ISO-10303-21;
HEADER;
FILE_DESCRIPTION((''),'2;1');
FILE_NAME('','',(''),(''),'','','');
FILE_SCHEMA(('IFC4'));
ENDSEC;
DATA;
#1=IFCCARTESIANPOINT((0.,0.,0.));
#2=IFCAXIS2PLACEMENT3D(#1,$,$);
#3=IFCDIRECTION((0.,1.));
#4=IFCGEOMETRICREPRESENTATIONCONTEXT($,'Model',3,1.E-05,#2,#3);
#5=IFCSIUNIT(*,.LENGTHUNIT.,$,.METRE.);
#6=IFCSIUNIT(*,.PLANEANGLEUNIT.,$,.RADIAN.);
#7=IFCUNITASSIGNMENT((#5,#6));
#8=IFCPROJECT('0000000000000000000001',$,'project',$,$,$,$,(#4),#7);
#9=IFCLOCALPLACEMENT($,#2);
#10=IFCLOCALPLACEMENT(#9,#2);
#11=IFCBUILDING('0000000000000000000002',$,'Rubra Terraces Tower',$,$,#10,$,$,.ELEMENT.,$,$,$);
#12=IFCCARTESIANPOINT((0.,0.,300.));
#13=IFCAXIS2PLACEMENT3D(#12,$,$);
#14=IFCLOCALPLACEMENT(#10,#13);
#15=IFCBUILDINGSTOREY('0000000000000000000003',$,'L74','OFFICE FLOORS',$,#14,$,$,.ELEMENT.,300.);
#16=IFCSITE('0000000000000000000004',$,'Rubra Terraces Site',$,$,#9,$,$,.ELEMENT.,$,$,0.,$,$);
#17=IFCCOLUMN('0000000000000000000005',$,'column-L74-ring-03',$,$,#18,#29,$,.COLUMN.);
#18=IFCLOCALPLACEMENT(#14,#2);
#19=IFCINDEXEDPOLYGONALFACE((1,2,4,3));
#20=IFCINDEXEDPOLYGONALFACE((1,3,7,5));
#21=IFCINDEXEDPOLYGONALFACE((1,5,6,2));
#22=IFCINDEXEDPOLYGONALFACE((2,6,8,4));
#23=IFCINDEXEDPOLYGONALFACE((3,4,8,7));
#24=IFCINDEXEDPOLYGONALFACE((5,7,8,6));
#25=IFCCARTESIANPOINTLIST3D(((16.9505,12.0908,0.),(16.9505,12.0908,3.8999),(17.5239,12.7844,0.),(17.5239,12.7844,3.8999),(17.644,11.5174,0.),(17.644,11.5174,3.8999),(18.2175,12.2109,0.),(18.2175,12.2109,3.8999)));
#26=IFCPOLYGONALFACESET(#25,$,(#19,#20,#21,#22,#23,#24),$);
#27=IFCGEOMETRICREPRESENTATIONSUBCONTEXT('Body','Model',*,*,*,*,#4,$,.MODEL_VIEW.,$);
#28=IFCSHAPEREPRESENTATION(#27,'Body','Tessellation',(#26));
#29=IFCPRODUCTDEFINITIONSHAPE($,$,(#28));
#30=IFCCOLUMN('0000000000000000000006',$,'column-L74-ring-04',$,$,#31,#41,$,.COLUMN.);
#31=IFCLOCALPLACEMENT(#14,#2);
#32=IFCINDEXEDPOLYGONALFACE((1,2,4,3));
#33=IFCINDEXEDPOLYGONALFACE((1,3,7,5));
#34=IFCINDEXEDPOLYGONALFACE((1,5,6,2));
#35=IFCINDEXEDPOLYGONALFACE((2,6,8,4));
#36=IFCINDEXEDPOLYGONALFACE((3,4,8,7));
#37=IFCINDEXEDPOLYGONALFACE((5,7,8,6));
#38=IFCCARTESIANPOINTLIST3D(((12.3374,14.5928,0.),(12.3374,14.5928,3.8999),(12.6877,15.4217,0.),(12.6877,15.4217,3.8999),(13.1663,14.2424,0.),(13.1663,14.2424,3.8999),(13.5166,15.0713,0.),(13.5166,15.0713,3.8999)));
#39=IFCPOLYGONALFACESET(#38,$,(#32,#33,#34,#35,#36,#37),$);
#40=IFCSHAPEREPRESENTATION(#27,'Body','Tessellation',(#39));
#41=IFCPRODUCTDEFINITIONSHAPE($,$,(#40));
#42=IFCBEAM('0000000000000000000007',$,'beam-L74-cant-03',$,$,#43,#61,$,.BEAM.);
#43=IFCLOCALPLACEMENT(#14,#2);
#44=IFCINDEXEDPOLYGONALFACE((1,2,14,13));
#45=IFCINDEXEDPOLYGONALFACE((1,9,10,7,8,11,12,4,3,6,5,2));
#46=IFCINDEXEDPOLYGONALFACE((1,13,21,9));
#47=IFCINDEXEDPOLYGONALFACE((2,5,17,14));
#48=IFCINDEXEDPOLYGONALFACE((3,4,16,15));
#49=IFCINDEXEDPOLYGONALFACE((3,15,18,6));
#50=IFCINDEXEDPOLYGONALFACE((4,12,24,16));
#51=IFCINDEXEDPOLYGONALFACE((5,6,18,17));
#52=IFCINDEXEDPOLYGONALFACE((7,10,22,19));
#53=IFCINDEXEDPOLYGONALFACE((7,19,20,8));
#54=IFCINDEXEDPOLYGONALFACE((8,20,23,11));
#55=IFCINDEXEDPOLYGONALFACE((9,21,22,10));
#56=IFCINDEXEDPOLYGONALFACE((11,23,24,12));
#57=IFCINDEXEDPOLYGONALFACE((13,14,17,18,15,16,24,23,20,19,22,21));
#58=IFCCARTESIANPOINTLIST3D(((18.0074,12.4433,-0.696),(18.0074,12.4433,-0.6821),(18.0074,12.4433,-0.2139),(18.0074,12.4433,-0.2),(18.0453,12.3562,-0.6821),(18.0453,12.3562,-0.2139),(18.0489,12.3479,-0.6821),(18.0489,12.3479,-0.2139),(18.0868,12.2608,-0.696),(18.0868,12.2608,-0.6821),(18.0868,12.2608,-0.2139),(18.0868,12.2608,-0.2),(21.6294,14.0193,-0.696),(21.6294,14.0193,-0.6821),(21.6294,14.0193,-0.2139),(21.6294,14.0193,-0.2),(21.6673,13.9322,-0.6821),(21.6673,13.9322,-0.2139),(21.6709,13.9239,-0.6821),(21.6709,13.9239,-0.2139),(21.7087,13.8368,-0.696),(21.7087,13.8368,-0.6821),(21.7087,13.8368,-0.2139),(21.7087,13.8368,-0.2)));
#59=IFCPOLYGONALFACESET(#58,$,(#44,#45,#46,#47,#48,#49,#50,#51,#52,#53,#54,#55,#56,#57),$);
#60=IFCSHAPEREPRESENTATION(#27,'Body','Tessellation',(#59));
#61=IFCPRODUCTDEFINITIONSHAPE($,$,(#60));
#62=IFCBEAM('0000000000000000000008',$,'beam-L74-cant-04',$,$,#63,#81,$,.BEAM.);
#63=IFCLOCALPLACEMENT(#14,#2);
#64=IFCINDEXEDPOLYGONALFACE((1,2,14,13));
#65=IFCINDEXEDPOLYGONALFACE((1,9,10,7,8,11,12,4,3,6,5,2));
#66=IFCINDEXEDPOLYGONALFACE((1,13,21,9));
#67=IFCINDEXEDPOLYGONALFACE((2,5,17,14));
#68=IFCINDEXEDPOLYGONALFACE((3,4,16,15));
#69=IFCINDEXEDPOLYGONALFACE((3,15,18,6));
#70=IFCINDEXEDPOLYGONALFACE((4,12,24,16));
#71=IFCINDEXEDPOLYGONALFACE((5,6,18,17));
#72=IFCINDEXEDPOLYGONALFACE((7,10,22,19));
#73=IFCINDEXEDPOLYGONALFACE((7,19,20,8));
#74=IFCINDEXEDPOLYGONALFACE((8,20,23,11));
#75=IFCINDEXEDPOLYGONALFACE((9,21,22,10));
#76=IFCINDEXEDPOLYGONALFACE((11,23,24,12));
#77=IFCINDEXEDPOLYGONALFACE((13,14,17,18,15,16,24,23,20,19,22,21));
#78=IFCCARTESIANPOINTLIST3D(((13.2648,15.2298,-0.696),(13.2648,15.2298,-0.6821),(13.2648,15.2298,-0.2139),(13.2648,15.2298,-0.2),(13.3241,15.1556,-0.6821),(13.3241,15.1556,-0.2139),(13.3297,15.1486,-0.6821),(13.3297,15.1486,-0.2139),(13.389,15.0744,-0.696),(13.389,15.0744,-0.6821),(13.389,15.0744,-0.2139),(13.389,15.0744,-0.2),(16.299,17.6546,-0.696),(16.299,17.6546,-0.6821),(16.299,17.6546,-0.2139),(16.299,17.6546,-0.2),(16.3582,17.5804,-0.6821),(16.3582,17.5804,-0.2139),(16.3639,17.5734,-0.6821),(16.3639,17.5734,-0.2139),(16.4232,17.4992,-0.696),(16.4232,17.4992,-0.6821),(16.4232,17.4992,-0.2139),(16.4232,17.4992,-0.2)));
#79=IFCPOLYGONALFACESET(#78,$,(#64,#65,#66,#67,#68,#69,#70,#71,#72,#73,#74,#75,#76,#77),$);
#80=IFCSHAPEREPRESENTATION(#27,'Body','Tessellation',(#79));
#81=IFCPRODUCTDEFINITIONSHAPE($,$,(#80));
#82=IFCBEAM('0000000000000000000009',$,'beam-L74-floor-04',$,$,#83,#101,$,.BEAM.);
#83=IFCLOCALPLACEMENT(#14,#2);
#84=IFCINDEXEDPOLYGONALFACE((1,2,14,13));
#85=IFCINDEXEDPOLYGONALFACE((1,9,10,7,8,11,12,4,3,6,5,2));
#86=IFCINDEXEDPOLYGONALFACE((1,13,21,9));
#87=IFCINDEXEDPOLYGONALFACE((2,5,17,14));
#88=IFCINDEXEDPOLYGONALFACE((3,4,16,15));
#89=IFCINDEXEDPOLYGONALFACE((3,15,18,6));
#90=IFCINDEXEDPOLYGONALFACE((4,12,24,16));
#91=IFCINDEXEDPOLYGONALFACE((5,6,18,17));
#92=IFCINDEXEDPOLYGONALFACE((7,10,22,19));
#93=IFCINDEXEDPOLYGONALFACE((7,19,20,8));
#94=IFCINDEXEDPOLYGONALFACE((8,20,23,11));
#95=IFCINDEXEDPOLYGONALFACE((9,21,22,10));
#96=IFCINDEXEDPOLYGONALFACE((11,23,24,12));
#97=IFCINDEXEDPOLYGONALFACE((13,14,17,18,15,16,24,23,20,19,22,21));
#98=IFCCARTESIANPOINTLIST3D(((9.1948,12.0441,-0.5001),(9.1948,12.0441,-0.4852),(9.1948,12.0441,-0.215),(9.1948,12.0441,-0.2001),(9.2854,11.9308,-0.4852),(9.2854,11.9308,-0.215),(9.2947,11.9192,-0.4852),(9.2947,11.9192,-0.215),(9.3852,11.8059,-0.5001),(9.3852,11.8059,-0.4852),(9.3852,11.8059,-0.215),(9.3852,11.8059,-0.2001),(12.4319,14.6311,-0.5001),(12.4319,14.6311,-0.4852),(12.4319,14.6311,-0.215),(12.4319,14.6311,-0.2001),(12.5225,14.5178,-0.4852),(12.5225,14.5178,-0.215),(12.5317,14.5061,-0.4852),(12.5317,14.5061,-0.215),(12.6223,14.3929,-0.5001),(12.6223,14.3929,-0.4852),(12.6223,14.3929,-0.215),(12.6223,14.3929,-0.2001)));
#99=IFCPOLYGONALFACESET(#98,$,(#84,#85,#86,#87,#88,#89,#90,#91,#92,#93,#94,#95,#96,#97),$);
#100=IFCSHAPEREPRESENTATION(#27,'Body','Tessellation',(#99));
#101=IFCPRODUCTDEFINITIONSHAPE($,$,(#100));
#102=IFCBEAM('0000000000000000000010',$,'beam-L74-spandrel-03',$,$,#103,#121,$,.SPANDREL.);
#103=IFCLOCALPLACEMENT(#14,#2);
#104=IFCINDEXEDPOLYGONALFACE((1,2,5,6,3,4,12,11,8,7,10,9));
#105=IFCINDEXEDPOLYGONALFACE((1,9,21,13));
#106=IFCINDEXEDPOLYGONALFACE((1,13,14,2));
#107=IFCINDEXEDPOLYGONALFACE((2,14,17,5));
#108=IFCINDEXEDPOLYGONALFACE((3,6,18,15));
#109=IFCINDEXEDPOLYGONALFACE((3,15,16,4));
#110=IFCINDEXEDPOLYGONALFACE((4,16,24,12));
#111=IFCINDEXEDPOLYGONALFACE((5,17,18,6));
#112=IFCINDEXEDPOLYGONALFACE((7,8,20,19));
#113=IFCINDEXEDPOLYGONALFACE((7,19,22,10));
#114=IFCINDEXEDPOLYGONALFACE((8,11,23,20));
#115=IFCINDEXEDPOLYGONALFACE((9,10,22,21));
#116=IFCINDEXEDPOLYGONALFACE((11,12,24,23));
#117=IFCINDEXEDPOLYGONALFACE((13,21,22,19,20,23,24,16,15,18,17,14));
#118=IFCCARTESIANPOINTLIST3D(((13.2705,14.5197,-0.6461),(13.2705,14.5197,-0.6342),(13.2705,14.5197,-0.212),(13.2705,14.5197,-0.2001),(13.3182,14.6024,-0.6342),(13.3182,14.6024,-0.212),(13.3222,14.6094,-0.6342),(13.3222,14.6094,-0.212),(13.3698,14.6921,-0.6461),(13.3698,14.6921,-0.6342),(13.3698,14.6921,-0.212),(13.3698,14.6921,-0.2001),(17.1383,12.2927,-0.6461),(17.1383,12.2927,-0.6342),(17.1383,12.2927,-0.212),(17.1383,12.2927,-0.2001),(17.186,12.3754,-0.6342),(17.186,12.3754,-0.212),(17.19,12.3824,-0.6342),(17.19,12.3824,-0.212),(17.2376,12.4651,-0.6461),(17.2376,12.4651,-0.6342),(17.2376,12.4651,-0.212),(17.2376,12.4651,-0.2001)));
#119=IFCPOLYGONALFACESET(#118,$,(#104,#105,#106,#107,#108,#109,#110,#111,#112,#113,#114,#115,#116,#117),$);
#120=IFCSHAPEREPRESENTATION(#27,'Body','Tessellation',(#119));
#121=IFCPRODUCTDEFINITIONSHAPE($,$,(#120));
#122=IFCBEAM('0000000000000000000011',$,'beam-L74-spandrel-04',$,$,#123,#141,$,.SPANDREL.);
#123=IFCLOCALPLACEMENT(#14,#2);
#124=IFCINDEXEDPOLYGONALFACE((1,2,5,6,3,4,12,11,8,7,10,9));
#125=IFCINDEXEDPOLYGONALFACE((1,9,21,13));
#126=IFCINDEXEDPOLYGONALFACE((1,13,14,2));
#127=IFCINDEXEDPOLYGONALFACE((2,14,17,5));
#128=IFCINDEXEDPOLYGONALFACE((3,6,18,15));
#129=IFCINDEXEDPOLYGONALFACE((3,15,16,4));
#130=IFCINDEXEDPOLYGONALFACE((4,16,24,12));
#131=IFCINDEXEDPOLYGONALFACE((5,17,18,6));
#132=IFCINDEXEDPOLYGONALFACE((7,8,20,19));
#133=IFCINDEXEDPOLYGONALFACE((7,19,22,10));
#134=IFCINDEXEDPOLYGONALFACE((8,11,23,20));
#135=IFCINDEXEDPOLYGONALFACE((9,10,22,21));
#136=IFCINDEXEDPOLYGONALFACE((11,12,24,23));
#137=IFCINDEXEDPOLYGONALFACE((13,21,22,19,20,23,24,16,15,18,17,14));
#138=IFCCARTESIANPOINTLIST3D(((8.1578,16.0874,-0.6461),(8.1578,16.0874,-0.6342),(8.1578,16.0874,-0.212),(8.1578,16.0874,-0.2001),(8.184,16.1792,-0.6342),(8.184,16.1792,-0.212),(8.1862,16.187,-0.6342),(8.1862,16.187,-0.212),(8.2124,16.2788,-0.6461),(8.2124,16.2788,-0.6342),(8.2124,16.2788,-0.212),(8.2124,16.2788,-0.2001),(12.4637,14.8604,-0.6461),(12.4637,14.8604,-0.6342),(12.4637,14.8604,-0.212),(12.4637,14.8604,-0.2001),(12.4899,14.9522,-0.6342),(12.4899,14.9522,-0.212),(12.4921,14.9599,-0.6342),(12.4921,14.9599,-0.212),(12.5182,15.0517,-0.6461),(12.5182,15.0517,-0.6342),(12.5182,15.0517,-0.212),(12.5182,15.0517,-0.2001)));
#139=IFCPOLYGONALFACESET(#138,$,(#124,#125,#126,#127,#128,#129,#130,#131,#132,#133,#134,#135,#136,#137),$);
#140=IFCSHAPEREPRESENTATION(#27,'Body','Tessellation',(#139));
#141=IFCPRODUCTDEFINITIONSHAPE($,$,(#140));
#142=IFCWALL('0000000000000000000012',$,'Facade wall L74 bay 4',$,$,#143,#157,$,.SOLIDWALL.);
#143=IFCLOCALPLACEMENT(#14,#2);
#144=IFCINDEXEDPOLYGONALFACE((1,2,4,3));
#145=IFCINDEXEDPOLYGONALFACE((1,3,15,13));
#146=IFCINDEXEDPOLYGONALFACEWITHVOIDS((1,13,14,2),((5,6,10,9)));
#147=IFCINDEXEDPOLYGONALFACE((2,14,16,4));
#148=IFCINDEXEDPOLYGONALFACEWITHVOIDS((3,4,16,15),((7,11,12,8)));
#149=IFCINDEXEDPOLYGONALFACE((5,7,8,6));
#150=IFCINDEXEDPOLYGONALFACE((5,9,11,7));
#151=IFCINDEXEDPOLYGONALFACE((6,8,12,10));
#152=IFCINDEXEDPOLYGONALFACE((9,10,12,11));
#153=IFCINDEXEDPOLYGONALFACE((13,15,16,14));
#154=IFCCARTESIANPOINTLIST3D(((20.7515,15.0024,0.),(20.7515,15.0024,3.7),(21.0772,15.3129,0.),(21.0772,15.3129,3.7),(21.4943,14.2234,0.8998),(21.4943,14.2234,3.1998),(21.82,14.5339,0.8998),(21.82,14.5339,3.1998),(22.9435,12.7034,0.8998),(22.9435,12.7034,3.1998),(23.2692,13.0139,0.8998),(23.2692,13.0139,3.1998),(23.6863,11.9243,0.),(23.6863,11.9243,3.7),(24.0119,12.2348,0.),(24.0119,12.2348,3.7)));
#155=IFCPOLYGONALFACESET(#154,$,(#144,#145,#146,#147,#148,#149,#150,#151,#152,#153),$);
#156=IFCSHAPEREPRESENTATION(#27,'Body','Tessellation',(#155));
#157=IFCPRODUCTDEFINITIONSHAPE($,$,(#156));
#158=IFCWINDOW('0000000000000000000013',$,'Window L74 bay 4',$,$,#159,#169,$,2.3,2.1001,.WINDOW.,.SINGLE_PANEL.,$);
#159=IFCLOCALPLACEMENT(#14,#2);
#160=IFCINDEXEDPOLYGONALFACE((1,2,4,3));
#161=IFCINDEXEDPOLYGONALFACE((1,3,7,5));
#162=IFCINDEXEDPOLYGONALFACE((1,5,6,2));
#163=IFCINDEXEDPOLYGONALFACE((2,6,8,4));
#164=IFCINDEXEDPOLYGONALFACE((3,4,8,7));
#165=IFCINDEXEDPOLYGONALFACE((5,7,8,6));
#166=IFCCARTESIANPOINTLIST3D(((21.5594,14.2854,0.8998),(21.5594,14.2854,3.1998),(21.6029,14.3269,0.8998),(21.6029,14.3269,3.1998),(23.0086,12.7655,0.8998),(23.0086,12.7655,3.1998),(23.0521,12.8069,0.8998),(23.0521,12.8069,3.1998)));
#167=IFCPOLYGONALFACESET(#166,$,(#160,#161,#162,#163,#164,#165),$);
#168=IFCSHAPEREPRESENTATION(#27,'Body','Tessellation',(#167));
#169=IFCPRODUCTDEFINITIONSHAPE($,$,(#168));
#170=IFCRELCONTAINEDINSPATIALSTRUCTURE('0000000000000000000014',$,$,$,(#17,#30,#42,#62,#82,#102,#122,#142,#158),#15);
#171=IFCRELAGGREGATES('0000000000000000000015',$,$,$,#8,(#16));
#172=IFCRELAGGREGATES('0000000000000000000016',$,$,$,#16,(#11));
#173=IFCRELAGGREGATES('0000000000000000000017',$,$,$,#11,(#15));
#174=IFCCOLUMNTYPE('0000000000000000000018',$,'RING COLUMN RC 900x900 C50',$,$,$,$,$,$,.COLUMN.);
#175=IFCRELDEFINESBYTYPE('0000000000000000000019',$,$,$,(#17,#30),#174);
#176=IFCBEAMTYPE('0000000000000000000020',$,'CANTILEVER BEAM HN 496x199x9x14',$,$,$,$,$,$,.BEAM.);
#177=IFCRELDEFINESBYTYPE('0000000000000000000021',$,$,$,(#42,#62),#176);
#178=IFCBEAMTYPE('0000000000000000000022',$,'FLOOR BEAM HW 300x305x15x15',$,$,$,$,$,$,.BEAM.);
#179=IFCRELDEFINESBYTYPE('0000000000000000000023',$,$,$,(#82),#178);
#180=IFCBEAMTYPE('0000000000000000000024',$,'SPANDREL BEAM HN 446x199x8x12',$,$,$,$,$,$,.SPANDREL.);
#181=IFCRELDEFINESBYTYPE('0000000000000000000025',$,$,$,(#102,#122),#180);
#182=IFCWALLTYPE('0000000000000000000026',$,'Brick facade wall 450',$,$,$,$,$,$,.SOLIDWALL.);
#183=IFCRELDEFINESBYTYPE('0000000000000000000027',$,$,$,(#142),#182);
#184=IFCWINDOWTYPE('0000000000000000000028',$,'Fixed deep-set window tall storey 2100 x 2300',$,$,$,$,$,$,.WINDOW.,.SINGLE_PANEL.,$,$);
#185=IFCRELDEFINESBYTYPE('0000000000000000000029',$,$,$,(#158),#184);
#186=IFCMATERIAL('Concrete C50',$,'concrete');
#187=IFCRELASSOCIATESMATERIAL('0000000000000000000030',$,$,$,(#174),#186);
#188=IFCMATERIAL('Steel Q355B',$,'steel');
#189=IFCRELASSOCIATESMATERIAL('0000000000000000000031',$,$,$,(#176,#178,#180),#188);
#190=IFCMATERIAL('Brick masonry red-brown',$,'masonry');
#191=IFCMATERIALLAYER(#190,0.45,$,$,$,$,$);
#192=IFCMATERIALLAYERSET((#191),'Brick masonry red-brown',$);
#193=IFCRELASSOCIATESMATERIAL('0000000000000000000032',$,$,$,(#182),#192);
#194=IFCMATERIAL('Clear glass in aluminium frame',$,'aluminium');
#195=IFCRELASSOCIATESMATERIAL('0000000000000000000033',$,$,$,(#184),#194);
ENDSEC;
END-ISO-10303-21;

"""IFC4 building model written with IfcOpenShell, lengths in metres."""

from ifc_helpers import new_model, si_unit, direction, frame, frame_2d, origin, origin_2d, place, context, subcontext, project, spatial, rectangle, i_section, extrude, material, layer, layer_set, material_profile, profile_set, type_object, element, fill, save


model = new_model("IFC4")

# Units and contexts
model_context = context("Model", 3, precision=1e-05, world=origin(), true_north=direction((0.0, 1.0)))
body_context = subcontext(model_context, "Body", "Model", "MODEL_VIEW")
ifc_project = project(units=[si_unit("LENGTHUNIT", "METRE"), si_unit("PLANEANGLEUNIT", "RADIAN")], contexts=[model_context])

# Site, building, storey
site_placement = place(None, origin())
site = spatial("IfcSite", under=ifc_project, at=site_placement, Name="Rubra Terraces Site", CompositionType="ELEMENT", RefElevation=0.0)
building_placement = place(site_placement, origin())
building = spatial("IfcBuilding", under=site, at=building_placement, Name="Rubra Terraces Tower", CompositionType="ELEMENT")
storey_placement = place(building_placement, frame((0.0, 0.0, 300.0)))
storey = spatial("IfcBuildingStorey", under=building, at=storey_placement, Name="L74", Description="OFFICE FLOORS", CompositionType="ELEMENT", Elevation=300.0)

# Columns
ifc_material_1 = material(Name="Concrete C50", Category="concrete")
ifc_material_profile_1 = material_profile(ifc_material_1, rectangle(XDim=0.8999, YDim=0.8999, at=origin_2d()), Name="RC 900x900")
ifc_profile_set_1 = profile_set([ifc_material_profile_1], Name="Concrete C50")
column_type = type_object("IfcColumnType", Name="RING COLUMN RC 900x900 C50", PredefinedType="COLUMN", material=ifc_profile_set_1)
for number, where, z_axis, x_axis, name in (
    (1, (17.584, 12.1509, 0.0), (0.0, 0.0, 1.0), (-0.770679, 0.637223, 0.0), "column-L74-ring-03"),
    (2, (12.927, 14.832, 0.0), (0.0, 0.0, 1.0), (-0.921106, 0.389313, 0.0), "column-L74-ring-04"),
):
    element("IfcColumn", number, at=place(storey_placement, frame(where, z_axis=z_axis, x_axis=x_axis)), inside=storey, type_object=column_type, Name=name, PredefinedType="COLUMN", context=body_context, shape_type="SweptSolid", body=[
        extrude(rectangle(XDim=0.8999, YDim=0.8999, at=origin_2d()), origin(), (0.0, 0.0, 1.0), 3.8999),
    ])

# Beams
ifc_material_2 = material(Name="Steel Q355B", Category="steel")
ifc_material_profile_2 = material_profile(ifc_material_2, i_section(OverallWidth=0.199, OverallDepth=0.4961, WebThickness=0.009, FlangeThickness=0.0139, at=origin_2d()), Name="HN 496x199x9x14")
ifc_profile_set_2 = profile_set([ifc_material_profile_2], Name="Steel Q355B")
beam_type_1 = type_object("IfcBeamType", Name="CANTILEVER BEAM HN 496x199x9x14", PredefinedType="BEAM", material=ifc_profile_set_2)
beam_1_placement = place(storey_placement, frame((18.0471, 12.3521, -0.448), z_axis=(0.916957, 0.398986, 0.0), x_axis=(-0.398986, 0.916957, 0.0)))
element("IfcBeam", 3, at=beam_1_placement, inside=storey, type_object=beam_type_1, Name="beam-L74-cant-03", PredefinedType="BEAM", context=body_context, shape_type="SweptSolid", body=[
    extrude(i_section(OverallWidth=0.199, OverallDepth=0.4961, WebThickness=0.009, FlangeThickness=0.0139, at=origin_2d()), origin(), (0.0, 0.0, 1.0), 3.95),
])
beam_2_placement = place(storey_placement, frame((13.3269, 15.1521, -0.448), z_axis=(0.781188, 0.624296, 0.0), x_axis=(-0.624296, 0.781188, 0.0)))
element("IfcBeam", 4, at=beam_2_placement, inside=storey, type_object=beam_type_1, Name="beam-L74-cant-04", PredefinedType="BEAM", context=body_context, shape_type="SweptSolid", body=[
    extrude(i_section(OverallWidth=0.199, OverallDepth=0.4961, WebThickness=0.009, FlangeThickness=0.0139, at=origin_2d()), origin(), (0.0, 0.0, 1.0), 3.884),
])
ifc_material_profile_3 = material_profile(ifc_material_2, i_section(OverallWidth=0.3049, OverallDepth=0.3, WebThickness=0.0149, FlangeThickness=0.0149, at=origin_2d()), Name="HW 300x305x15x15")
ifc_profile_set_3 = profile_set([ifc_material_profile_3], Name="Steel Q355B")
beam_type_2 = type_object("IfcBeamType", Name="FLOOR BEAM HW 300x305x15x15", PredefinedType="BEAM", material=ifc_profile_set_3)
beam_3_placement = place(storey_placement, frame((12.5271, 14.512, -0.3501), z_axis=(-0.781191, -0.624293, 0.0), x_axis=(0.624293, -0.781191, 0.0)))
element("IfcBeam", 5, at=beam_3_placement, inside=storey, type_object=beam_type_2, Name="beam-L74-floor-04", PredefinedType="BEAM", context=body_context, shape_type="SweptSolid", body=[
    extrude(i_section(OverallWidth=0.3049, OverallDepth=0.3, WebThickness=0.0149, FlangeThickness=0.0149, at=origin_2d()), origin(), (0.0, 0.0, 1.0), 4.1438),
])
ifc_material_profile_4 = material_profile(ifc_material_2, i_section(OverallWidth=0.199, OverallDepth=0.446, WebThickness=0.0081, FlangeThickness=0.012, at=origin_2d()), Name="HN 446x199x8x12")
ifc_profile_set_4 = profile_set([ifc_material_profile_4], Name="Steel Q355B")
beam_type_3 = type_object("IfcBeamType", Name="SPANDREL BEAM HN 446x199x8x12", PredefinedType="SPANDREL", material=ifc_profile_set_4)
beam_4_placement = place(storey_placement, frame((17.188, 12.3789, -0.4231), z_axis=(-0.866616, 0.498976, 0.0), x_axis=(-0.498976, -0.866616, 0.0)))
element("IfcBeam", 6, at=beam_4_placement, inside=storey, type_object=beam_type_3, Name="beam-L74-spandrel-03", PredefinedType="SPANDREL", context=body_context, shape_type="SweptSolid", body=[
    extrude(i_section(OverallWidth=0.199, OverallDepth=0.446, WebThickness=0.0081, FlangeThickness=0.012, at=origin_2d()), origin(), (0.0, 0.0, 1.0), 4.4631),
])
beam_5_placement = place(storey_placement, frame((12.491, 14.9561, -0.4231), z_axis=(-0.961713, 0.274058, 0.0), x_axis=(-0.274058, -0.961713, 0.0)))
element("IfcBeam", 7, at=beam_5_placement, inside=storey, type_object=beam_type_3, Name="beam-L74-spandrel-04", PredefinedType="SPANDREL", context=body_context, shape_type="SweptSolid", body=[
    extrude(i_section(OverallWidth=0.199, OverallDepth=0.446, WebThickness=0.0081, FlangeThickness=0.012, at=origin_2d()), origin(), (0.0, 0.0, 1.0), 4.4773),
])

# Wall, opening, window
ifc_material_3 = material(Name="Brick masonry red-brown", Category="masonry")
ifc_layer_1 = layer(ifc_material_3, 0.45)
ifc_layer_set_1 = layer_set([ifc_layer_1], Name="Brick masonry red-brown")
wall_type_1 = type_object("IfcWallType", Name="Brick facade wall 450", PredefinedType="SOLIDWALL", material=ifc_layer_set_1)
wall_1_placement = place(storey_placement, frame((23.8491, 12.0796, 0.0), z_axis=(0.0, 0.0, 1.0), x_axis=(-0.690058, 0.723754, 0.0)))
wall_1 = element("IfcWall", 8, at=wall_1_placement, inside=storey, type_object=wall_type_1, Name="Facade wall L74 bay 4", PredefinedType="SOLIDWALL", context=body_context, shape_type="SweptSolid", body=[
    extrude(rectangle(XDim=4.2529, YDim=0.45, at=frame_2d((2.1265, 0.0))), origin(), (0.0, 0.0, 1.0), 3.7),
])
opening_1_placement = place(wall_1_placement, frame((1.0764, 0.0, 0.8999)))
opening_1 = element("IfcOpeningElement", 9, at=opening_1_placement, cuts=wall_1, PredefinedType="OPENING", context=body_context, shape_type="SweptSolid", body=[
    extrude(rectangle(XDim=2.1001, YDim=2.3, at=frame_2d((1.05, 1.1499))), frame((0.0, 0.2349, 0.0), z_axis=(0.0, -1.0, 0.0), x_axis=(1.0, 0.0, 0.0)), (0.0, 0.0, 1.0), 0.47),
])
ifc_material_4 = material(Name="Clear glass in aluminium frame", Category="aluminium")
window_type = type_object("IfcWindowType", Name="Fixed deep-set window tall storey 2100 x 2300", PartitioningType="SINGLE_PANEL", PredefinedType="WINDOW", material=ifc_material_4)
window_1_placement = place(opening_1_placement, origin())
window_1 = element("IfcWindow", 10, at=window_1_placement, inside=storey, type_object=window_type, Name="Window L74 bay 4", OverallHeight=2.3, OverallWidth=2.1001, PartitioningType="SINGLE_PANEL", PredefinedType="WINDOW", context=body_context, shape_type="SweptSolid", body=[
    extrude(rectangle(XDim=2.1001, YDim=2.3, at=frame_2d((1.05, 1.1499))), frame((0.0, 0.135, 0.0), z_axis=(0.0, -1.0, 0.0), x_axis=(1.0, 0.0, 0.0)), (0.0, 0.0, 1.0), 0.0601),
])
fill(opening_1, window_1)

save(model, "model.ifc")
